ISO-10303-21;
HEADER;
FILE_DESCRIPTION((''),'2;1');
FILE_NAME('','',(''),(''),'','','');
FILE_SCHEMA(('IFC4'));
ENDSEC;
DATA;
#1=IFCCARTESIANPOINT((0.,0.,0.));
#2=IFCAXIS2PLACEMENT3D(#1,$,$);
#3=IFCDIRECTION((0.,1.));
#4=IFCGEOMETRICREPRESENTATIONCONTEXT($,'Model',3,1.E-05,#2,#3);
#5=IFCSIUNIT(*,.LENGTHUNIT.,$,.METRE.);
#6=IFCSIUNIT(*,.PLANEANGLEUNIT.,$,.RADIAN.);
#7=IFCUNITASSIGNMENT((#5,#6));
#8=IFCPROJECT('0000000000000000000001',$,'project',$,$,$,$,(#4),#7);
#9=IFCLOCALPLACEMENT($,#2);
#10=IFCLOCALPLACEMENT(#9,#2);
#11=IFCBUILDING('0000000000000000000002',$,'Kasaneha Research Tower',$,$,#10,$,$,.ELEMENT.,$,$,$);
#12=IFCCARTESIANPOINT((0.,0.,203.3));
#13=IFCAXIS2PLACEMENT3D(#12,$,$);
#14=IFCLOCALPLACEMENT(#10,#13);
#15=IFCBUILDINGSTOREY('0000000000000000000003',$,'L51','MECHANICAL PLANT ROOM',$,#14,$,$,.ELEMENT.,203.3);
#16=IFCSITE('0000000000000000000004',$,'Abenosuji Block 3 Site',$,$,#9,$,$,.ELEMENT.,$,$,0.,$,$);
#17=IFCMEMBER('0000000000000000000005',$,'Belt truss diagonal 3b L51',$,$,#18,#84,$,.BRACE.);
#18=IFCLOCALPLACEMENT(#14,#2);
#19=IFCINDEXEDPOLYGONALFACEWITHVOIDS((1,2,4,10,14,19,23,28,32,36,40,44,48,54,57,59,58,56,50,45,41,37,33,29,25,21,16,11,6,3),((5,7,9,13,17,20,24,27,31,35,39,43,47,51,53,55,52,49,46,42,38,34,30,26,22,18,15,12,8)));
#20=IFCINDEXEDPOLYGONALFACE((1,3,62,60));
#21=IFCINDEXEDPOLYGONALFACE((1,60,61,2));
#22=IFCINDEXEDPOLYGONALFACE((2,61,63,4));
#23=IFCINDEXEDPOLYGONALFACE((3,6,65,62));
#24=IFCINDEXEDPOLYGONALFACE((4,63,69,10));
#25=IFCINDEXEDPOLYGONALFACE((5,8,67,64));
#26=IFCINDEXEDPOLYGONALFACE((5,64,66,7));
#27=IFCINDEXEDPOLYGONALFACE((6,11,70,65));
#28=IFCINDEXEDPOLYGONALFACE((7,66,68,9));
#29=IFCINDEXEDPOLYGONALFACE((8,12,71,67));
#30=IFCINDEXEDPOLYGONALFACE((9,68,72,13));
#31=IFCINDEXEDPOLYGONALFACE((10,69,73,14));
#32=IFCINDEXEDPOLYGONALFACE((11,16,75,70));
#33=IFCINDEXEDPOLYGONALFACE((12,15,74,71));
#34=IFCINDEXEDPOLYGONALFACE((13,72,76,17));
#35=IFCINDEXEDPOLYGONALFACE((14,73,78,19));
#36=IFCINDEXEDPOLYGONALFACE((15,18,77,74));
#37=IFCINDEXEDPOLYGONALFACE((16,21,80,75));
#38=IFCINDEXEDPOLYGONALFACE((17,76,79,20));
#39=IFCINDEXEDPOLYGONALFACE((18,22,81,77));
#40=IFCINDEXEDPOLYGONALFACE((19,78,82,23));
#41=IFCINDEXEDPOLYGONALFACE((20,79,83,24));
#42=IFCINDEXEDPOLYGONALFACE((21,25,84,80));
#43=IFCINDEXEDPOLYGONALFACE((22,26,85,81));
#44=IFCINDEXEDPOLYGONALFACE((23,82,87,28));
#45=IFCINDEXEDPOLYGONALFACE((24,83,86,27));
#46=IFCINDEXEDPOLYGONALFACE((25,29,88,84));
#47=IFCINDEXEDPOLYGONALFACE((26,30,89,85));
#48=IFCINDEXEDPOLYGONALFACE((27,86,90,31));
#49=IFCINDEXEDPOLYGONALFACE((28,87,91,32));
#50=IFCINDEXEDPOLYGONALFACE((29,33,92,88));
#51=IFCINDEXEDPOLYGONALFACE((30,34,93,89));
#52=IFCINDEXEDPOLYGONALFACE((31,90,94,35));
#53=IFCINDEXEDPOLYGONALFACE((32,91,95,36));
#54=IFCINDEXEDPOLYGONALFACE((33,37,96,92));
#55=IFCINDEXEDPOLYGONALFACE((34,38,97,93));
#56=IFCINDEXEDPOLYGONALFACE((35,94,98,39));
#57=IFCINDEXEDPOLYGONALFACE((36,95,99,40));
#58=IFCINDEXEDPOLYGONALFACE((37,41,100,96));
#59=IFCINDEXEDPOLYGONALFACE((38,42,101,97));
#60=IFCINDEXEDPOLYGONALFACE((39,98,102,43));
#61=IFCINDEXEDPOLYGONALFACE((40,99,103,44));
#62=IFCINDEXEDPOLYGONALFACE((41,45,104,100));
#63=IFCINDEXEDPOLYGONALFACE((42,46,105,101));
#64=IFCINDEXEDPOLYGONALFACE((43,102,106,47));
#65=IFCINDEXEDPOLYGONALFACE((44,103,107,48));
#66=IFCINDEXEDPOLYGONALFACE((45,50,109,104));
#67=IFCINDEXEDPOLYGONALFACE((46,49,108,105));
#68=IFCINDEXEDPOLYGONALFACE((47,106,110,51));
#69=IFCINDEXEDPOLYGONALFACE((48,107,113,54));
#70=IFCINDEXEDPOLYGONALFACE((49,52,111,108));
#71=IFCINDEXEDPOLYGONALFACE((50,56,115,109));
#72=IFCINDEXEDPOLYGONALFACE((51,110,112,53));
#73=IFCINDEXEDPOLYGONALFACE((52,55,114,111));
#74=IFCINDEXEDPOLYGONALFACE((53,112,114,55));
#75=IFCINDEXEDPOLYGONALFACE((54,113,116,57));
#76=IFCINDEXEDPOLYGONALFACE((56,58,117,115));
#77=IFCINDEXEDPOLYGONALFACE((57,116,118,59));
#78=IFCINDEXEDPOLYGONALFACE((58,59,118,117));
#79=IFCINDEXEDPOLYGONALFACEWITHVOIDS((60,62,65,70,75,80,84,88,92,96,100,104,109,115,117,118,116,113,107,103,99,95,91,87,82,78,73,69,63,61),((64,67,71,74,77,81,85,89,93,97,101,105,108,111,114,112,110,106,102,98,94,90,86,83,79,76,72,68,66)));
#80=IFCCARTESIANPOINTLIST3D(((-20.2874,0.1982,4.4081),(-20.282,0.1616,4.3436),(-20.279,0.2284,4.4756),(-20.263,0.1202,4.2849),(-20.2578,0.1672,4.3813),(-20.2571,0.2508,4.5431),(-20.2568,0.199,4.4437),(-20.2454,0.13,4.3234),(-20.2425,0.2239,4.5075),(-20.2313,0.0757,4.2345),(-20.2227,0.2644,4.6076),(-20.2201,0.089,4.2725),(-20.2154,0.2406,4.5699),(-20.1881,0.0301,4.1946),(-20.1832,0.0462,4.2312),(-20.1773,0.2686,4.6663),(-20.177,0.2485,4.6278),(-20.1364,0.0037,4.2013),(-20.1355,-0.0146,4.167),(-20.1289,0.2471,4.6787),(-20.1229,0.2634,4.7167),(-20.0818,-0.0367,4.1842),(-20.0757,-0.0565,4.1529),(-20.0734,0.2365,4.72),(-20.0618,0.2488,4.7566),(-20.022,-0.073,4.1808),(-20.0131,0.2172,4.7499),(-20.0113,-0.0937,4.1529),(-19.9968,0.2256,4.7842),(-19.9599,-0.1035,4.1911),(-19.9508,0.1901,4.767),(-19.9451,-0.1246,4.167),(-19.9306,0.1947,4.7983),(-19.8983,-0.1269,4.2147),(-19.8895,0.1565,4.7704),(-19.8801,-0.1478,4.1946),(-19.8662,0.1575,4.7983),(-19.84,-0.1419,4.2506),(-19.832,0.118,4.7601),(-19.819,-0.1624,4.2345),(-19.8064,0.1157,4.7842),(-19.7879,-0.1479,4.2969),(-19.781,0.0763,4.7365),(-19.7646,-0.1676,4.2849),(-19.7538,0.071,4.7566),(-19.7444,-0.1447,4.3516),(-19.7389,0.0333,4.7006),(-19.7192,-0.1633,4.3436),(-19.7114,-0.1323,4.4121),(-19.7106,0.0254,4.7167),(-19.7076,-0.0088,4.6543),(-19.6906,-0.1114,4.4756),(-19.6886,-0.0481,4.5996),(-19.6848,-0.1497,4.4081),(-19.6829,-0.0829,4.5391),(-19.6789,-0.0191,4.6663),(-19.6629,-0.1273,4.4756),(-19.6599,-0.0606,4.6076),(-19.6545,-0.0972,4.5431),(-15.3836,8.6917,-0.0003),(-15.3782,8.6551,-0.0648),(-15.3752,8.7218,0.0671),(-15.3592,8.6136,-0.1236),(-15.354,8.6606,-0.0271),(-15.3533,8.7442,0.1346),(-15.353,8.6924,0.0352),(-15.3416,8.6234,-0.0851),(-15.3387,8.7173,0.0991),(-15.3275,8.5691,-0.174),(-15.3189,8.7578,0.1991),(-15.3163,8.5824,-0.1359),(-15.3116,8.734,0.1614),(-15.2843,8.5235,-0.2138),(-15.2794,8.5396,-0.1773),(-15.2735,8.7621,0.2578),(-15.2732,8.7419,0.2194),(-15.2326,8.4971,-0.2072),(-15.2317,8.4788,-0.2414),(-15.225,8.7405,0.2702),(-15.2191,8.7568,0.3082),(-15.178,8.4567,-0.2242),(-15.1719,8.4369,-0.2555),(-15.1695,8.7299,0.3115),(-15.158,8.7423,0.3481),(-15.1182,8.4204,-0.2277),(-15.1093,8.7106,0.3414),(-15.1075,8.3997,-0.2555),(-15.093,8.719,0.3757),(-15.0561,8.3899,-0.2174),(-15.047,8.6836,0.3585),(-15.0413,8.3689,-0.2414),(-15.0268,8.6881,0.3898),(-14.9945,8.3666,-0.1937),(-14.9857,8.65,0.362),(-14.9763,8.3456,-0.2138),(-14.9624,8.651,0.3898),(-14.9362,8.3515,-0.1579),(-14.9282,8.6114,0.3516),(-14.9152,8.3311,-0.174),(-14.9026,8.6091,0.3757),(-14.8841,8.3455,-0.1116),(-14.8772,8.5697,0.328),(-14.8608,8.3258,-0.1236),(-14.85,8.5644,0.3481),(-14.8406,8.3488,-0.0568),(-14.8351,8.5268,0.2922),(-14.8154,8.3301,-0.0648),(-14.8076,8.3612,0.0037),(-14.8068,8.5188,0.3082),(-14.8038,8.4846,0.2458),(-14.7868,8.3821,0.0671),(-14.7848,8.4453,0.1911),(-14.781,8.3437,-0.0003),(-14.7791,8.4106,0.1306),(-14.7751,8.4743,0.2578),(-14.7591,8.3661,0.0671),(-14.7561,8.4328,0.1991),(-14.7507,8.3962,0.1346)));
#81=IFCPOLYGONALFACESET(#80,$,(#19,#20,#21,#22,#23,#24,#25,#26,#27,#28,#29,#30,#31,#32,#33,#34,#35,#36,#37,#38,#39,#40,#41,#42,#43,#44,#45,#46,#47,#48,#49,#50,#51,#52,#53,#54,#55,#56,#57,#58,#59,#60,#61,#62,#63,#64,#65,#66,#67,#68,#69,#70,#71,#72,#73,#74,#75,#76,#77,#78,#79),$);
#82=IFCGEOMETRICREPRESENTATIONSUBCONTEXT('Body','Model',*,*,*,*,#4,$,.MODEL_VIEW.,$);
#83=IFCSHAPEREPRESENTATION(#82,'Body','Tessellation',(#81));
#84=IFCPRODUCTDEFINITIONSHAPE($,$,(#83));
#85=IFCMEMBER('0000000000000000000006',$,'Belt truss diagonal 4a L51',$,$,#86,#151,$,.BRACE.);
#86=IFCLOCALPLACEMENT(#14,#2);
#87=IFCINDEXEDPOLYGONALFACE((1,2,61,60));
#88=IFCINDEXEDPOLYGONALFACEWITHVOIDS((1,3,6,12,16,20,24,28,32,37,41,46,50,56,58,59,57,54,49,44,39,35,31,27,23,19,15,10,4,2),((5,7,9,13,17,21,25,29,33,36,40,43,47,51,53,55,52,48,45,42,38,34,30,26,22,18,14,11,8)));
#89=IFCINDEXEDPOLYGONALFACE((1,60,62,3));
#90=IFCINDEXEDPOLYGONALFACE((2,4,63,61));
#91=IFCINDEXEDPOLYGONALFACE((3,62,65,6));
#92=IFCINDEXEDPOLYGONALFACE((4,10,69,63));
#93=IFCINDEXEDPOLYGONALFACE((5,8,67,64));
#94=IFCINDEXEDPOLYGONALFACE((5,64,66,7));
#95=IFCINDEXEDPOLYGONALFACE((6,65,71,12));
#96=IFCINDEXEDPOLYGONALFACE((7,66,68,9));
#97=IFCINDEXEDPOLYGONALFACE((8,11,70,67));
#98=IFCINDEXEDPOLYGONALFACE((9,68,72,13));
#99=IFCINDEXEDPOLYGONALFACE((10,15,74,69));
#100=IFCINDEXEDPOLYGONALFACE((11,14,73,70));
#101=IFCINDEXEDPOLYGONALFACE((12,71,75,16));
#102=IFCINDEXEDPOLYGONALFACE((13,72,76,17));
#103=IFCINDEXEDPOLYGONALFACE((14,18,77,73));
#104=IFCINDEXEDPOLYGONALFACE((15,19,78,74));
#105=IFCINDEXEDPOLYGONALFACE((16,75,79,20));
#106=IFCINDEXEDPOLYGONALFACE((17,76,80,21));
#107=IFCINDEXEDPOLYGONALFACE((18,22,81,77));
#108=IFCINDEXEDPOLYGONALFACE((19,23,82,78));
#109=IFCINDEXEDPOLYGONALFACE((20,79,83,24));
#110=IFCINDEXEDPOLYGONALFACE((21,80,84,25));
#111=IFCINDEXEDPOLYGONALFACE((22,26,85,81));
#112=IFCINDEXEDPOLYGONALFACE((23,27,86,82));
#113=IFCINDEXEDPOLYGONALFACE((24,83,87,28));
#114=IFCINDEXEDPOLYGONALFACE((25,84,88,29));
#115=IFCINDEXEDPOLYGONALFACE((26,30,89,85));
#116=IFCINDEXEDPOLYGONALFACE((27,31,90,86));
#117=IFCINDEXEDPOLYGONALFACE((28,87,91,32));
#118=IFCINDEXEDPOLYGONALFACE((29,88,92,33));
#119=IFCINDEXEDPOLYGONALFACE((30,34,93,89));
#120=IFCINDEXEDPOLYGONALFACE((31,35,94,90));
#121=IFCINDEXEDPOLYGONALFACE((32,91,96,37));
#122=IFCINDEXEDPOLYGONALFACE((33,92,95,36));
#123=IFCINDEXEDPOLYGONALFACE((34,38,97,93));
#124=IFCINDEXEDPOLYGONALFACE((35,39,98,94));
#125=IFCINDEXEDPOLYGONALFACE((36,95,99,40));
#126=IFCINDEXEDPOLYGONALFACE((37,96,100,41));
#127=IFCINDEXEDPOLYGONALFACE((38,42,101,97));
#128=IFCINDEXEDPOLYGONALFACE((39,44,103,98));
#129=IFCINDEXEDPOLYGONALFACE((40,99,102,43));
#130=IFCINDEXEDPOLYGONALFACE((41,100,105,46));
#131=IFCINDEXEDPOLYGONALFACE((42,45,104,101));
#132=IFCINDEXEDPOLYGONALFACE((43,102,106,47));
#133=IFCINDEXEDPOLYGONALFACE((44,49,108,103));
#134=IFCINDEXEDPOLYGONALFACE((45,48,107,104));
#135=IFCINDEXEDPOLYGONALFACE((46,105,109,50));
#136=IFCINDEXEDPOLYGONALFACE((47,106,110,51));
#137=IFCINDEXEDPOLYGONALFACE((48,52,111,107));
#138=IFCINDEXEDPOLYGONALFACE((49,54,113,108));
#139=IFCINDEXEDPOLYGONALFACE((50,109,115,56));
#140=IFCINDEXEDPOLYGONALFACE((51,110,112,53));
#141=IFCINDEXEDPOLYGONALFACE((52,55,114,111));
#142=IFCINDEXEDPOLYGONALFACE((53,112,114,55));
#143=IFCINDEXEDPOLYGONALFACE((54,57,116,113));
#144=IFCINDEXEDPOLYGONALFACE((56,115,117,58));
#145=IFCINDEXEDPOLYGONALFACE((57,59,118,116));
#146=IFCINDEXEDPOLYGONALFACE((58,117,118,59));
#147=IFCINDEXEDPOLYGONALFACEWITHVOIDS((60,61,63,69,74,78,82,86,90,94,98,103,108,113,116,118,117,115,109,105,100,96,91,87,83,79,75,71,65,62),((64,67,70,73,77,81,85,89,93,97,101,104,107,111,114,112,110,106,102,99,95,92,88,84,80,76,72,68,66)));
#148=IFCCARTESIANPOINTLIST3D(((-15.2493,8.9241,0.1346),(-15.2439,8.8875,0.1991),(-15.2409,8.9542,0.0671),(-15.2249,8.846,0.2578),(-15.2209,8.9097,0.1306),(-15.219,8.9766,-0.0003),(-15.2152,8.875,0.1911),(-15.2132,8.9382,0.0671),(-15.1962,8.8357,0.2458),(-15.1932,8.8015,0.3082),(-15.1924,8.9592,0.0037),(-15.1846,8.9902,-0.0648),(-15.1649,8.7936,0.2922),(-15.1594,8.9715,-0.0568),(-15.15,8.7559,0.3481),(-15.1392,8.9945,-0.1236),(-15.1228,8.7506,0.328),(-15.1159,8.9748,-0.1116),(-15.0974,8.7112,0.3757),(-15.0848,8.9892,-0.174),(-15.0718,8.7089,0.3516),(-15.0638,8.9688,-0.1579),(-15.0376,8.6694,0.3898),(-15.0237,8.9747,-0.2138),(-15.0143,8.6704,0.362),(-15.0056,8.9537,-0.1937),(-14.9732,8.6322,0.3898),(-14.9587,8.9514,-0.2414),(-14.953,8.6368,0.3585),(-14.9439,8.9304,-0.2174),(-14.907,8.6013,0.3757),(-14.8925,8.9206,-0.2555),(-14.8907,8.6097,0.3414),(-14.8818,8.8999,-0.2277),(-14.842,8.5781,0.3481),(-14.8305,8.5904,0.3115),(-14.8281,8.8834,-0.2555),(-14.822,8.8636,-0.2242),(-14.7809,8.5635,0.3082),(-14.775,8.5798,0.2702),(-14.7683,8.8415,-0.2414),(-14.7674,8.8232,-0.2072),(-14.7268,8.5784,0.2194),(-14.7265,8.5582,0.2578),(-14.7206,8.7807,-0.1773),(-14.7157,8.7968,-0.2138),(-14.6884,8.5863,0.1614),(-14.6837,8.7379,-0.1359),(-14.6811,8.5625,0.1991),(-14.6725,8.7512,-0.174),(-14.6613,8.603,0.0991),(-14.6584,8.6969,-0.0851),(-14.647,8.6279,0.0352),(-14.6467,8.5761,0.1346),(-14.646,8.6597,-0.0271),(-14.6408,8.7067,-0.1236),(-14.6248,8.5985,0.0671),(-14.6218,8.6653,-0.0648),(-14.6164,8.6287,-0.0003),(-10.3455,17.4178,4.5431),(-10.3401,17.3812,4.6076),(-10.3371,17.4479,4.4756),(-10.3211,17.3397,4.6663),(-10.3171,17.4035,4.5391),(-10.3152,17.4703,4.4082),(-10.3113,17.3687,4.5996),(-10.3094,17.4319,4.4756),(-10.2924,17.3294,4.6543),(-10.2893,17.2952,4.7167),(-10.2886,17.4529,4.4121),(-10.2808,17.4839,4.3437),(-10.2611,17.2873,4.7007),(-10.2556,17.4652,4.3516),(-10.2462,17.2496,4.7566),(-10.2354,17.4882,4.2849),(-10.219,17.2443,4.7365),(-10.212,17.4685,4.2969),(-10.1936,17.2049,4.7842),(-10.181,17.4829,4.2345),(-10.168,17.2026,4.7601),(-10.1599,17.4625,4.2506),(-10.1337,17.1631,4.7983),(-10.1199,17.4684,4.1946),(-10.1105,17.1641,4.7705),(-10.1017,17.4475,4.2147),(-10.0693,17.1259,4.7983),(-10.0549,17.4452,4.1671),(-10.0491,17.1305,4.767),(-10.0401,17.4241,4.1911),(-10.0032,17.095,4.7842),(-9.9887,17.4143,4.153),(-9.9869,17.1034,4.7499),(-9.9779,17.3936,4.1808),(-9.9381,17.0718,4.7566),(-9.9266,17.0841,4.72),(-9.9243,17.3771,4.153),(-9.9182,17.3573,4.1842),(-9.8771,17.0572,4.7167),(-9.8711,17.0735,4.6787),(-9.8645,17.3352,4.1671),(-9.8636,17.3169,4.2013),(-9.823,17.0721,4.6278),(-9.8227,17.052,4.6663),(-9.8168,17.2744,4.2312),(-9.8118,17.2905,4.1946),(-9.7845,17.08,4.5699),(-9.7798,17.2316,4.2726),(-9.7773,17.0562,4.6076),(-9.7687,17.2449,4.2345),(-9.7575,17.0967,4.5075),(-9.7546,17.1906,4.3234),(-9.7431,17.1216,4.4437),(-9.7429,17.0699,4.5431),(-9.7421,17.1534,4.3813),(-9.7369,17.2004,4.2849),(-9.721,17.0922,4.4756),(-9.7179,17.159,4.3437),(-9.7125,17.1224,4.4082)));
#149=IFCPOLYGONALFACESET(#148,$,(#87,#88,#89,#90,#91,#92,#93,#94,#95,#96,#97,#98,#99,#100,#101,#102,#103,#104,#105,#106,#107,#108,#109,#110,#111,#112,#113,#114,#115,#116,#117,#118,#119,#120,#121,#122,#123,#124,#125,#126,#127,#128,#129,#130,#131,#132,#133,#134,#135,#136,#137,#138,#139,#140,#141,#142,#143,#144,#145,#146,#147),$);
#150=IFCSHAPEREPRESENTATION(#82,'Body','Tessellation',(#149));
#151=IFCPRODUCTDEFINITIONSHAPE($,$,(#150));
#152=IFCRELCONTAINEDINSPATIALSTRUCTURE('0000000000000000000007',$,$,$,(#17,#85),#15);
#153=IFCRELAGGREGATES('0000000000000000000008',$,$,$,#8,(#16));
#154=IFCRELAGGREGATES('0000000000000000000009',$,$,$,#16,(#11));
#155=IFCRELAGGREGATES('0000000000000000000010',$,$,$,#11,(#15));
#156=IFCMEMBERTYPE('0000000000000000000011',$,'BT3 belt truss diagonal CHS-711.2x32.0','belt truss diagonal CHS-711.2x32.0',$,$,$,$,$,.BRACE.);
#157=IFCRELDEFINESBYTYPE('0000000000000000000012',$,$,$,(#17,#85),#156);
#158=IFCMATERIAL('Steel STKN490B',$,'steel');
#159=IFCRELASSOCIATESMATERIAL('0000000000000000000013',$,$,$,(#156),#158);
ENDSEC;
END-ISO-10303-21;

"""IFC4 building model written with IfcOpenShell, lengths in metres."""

from ifc_helpers import new_model, si_unit, direction, frame, origin, origin_2d, place, context, subcontext, project, spatial, hollow_circle, extrude, material, material_profile, profile_set, type_object, element, save


model = new_model("IFC4")

# Units and contexts
model_context = context("Model", 3, precision=1e-05, world=origin(), true_north=direction((0.0, 1.0)))
body_context = subcontext(model_context, "Body", "Model", "MODEL_VIEW")
ifc_project = project(units=[si_unit("LENGTHUNIT", "METRE"), si_unit("PLANEANGLEUNIT", "RADIAN")], contexts=[model_context])

# Site, building, storey
site_placement = place(None, origin())
site = spatial("IfcSite", under=ifc_project, at=site_placement, Name="Abenosuji Block 3 Site", CompositionType="ELEMENT", RefElevation=0.0)
building_placement = place(site_placement, origin())
building = spatial("IfcBuilding", under=site, at=building_placement, Name="Kasaneha Research Tower", CompositionType="ELEMENT")
storey_placement = place(building_placement, frame((0.0, 0.0, 203.3)))
storey = spatial("IfcBuildingStorey", under=building, at=storey_placement, Name="L51", Description="MECHANICAL PLANT ROOM", CompositionType="ELEMENT", Elevation=203.3)

# Members
ifc_material_1 = material(Name="Steel STKN490B", Category="steel")
ifc_material_profile_1 = material_profile(ifc_material_1, hollow_circle(Radius=0.3557, WallThickness=0.032, at=origin_2d()), Name="CHS-711.2x32.0")
ifc_profile_set_1 = profile_set([ifc_material_profile_1], Name="Steel STKN490B")
member_type = type_object("IfcMemberType", Name="BT3 belt truss diagonal CHS-711.2x32.0", Description="belt truss diagonal CHS-711.2x32.0", PredefinedType="BRACE", material=ifc_profile_set_1)
member_1_placement = place(storey_placement, frame((-15.0671, 8.5439, 0.0671), z_axis=(-0.456055, -0.789889, 0.409987), x_axis=(0.866019, -0.50001, 0.0)))
element("IfcMember", 1, at=member_1_placement, inside=storey, type_object=member_type, Name="Belt truss diagonal 3b L51", PredefinedType="BRACE", context=body_context, shape_type="SweptSolid", body=[
    extrude(hollow_circle(Radius=0.3557, WallThickness=0.032, at=origin_2d()), origin(), (0.0, 0.0, 1.0), 10.7527),
])
for number, where, z_axis, x_axis, name in (
    (2, (-14.9329, 8.7764, 0.0671), (0.456047, 0.789897, 0.409979), (-0.866026, 0.5, 0.0), "Belt truss diagonal 4a L51"),
):
    element("IfcMember", number, at=place(storey_placement, frame(where, z_axis=z_axis, x_axis=x_axis)), inside=storey, type_object=member_type, Name=name, PredefinedType="BRACE", context=body_context, shape_type="SweptSolid", body=[
        extrude(hollow_circle(Radius=0.3557, WallThickness=0.032, at=origin_2d()), origin(), (0.0, 0.0, 1.0), 10.7529),
    ])

save(model, "model.ifc")
